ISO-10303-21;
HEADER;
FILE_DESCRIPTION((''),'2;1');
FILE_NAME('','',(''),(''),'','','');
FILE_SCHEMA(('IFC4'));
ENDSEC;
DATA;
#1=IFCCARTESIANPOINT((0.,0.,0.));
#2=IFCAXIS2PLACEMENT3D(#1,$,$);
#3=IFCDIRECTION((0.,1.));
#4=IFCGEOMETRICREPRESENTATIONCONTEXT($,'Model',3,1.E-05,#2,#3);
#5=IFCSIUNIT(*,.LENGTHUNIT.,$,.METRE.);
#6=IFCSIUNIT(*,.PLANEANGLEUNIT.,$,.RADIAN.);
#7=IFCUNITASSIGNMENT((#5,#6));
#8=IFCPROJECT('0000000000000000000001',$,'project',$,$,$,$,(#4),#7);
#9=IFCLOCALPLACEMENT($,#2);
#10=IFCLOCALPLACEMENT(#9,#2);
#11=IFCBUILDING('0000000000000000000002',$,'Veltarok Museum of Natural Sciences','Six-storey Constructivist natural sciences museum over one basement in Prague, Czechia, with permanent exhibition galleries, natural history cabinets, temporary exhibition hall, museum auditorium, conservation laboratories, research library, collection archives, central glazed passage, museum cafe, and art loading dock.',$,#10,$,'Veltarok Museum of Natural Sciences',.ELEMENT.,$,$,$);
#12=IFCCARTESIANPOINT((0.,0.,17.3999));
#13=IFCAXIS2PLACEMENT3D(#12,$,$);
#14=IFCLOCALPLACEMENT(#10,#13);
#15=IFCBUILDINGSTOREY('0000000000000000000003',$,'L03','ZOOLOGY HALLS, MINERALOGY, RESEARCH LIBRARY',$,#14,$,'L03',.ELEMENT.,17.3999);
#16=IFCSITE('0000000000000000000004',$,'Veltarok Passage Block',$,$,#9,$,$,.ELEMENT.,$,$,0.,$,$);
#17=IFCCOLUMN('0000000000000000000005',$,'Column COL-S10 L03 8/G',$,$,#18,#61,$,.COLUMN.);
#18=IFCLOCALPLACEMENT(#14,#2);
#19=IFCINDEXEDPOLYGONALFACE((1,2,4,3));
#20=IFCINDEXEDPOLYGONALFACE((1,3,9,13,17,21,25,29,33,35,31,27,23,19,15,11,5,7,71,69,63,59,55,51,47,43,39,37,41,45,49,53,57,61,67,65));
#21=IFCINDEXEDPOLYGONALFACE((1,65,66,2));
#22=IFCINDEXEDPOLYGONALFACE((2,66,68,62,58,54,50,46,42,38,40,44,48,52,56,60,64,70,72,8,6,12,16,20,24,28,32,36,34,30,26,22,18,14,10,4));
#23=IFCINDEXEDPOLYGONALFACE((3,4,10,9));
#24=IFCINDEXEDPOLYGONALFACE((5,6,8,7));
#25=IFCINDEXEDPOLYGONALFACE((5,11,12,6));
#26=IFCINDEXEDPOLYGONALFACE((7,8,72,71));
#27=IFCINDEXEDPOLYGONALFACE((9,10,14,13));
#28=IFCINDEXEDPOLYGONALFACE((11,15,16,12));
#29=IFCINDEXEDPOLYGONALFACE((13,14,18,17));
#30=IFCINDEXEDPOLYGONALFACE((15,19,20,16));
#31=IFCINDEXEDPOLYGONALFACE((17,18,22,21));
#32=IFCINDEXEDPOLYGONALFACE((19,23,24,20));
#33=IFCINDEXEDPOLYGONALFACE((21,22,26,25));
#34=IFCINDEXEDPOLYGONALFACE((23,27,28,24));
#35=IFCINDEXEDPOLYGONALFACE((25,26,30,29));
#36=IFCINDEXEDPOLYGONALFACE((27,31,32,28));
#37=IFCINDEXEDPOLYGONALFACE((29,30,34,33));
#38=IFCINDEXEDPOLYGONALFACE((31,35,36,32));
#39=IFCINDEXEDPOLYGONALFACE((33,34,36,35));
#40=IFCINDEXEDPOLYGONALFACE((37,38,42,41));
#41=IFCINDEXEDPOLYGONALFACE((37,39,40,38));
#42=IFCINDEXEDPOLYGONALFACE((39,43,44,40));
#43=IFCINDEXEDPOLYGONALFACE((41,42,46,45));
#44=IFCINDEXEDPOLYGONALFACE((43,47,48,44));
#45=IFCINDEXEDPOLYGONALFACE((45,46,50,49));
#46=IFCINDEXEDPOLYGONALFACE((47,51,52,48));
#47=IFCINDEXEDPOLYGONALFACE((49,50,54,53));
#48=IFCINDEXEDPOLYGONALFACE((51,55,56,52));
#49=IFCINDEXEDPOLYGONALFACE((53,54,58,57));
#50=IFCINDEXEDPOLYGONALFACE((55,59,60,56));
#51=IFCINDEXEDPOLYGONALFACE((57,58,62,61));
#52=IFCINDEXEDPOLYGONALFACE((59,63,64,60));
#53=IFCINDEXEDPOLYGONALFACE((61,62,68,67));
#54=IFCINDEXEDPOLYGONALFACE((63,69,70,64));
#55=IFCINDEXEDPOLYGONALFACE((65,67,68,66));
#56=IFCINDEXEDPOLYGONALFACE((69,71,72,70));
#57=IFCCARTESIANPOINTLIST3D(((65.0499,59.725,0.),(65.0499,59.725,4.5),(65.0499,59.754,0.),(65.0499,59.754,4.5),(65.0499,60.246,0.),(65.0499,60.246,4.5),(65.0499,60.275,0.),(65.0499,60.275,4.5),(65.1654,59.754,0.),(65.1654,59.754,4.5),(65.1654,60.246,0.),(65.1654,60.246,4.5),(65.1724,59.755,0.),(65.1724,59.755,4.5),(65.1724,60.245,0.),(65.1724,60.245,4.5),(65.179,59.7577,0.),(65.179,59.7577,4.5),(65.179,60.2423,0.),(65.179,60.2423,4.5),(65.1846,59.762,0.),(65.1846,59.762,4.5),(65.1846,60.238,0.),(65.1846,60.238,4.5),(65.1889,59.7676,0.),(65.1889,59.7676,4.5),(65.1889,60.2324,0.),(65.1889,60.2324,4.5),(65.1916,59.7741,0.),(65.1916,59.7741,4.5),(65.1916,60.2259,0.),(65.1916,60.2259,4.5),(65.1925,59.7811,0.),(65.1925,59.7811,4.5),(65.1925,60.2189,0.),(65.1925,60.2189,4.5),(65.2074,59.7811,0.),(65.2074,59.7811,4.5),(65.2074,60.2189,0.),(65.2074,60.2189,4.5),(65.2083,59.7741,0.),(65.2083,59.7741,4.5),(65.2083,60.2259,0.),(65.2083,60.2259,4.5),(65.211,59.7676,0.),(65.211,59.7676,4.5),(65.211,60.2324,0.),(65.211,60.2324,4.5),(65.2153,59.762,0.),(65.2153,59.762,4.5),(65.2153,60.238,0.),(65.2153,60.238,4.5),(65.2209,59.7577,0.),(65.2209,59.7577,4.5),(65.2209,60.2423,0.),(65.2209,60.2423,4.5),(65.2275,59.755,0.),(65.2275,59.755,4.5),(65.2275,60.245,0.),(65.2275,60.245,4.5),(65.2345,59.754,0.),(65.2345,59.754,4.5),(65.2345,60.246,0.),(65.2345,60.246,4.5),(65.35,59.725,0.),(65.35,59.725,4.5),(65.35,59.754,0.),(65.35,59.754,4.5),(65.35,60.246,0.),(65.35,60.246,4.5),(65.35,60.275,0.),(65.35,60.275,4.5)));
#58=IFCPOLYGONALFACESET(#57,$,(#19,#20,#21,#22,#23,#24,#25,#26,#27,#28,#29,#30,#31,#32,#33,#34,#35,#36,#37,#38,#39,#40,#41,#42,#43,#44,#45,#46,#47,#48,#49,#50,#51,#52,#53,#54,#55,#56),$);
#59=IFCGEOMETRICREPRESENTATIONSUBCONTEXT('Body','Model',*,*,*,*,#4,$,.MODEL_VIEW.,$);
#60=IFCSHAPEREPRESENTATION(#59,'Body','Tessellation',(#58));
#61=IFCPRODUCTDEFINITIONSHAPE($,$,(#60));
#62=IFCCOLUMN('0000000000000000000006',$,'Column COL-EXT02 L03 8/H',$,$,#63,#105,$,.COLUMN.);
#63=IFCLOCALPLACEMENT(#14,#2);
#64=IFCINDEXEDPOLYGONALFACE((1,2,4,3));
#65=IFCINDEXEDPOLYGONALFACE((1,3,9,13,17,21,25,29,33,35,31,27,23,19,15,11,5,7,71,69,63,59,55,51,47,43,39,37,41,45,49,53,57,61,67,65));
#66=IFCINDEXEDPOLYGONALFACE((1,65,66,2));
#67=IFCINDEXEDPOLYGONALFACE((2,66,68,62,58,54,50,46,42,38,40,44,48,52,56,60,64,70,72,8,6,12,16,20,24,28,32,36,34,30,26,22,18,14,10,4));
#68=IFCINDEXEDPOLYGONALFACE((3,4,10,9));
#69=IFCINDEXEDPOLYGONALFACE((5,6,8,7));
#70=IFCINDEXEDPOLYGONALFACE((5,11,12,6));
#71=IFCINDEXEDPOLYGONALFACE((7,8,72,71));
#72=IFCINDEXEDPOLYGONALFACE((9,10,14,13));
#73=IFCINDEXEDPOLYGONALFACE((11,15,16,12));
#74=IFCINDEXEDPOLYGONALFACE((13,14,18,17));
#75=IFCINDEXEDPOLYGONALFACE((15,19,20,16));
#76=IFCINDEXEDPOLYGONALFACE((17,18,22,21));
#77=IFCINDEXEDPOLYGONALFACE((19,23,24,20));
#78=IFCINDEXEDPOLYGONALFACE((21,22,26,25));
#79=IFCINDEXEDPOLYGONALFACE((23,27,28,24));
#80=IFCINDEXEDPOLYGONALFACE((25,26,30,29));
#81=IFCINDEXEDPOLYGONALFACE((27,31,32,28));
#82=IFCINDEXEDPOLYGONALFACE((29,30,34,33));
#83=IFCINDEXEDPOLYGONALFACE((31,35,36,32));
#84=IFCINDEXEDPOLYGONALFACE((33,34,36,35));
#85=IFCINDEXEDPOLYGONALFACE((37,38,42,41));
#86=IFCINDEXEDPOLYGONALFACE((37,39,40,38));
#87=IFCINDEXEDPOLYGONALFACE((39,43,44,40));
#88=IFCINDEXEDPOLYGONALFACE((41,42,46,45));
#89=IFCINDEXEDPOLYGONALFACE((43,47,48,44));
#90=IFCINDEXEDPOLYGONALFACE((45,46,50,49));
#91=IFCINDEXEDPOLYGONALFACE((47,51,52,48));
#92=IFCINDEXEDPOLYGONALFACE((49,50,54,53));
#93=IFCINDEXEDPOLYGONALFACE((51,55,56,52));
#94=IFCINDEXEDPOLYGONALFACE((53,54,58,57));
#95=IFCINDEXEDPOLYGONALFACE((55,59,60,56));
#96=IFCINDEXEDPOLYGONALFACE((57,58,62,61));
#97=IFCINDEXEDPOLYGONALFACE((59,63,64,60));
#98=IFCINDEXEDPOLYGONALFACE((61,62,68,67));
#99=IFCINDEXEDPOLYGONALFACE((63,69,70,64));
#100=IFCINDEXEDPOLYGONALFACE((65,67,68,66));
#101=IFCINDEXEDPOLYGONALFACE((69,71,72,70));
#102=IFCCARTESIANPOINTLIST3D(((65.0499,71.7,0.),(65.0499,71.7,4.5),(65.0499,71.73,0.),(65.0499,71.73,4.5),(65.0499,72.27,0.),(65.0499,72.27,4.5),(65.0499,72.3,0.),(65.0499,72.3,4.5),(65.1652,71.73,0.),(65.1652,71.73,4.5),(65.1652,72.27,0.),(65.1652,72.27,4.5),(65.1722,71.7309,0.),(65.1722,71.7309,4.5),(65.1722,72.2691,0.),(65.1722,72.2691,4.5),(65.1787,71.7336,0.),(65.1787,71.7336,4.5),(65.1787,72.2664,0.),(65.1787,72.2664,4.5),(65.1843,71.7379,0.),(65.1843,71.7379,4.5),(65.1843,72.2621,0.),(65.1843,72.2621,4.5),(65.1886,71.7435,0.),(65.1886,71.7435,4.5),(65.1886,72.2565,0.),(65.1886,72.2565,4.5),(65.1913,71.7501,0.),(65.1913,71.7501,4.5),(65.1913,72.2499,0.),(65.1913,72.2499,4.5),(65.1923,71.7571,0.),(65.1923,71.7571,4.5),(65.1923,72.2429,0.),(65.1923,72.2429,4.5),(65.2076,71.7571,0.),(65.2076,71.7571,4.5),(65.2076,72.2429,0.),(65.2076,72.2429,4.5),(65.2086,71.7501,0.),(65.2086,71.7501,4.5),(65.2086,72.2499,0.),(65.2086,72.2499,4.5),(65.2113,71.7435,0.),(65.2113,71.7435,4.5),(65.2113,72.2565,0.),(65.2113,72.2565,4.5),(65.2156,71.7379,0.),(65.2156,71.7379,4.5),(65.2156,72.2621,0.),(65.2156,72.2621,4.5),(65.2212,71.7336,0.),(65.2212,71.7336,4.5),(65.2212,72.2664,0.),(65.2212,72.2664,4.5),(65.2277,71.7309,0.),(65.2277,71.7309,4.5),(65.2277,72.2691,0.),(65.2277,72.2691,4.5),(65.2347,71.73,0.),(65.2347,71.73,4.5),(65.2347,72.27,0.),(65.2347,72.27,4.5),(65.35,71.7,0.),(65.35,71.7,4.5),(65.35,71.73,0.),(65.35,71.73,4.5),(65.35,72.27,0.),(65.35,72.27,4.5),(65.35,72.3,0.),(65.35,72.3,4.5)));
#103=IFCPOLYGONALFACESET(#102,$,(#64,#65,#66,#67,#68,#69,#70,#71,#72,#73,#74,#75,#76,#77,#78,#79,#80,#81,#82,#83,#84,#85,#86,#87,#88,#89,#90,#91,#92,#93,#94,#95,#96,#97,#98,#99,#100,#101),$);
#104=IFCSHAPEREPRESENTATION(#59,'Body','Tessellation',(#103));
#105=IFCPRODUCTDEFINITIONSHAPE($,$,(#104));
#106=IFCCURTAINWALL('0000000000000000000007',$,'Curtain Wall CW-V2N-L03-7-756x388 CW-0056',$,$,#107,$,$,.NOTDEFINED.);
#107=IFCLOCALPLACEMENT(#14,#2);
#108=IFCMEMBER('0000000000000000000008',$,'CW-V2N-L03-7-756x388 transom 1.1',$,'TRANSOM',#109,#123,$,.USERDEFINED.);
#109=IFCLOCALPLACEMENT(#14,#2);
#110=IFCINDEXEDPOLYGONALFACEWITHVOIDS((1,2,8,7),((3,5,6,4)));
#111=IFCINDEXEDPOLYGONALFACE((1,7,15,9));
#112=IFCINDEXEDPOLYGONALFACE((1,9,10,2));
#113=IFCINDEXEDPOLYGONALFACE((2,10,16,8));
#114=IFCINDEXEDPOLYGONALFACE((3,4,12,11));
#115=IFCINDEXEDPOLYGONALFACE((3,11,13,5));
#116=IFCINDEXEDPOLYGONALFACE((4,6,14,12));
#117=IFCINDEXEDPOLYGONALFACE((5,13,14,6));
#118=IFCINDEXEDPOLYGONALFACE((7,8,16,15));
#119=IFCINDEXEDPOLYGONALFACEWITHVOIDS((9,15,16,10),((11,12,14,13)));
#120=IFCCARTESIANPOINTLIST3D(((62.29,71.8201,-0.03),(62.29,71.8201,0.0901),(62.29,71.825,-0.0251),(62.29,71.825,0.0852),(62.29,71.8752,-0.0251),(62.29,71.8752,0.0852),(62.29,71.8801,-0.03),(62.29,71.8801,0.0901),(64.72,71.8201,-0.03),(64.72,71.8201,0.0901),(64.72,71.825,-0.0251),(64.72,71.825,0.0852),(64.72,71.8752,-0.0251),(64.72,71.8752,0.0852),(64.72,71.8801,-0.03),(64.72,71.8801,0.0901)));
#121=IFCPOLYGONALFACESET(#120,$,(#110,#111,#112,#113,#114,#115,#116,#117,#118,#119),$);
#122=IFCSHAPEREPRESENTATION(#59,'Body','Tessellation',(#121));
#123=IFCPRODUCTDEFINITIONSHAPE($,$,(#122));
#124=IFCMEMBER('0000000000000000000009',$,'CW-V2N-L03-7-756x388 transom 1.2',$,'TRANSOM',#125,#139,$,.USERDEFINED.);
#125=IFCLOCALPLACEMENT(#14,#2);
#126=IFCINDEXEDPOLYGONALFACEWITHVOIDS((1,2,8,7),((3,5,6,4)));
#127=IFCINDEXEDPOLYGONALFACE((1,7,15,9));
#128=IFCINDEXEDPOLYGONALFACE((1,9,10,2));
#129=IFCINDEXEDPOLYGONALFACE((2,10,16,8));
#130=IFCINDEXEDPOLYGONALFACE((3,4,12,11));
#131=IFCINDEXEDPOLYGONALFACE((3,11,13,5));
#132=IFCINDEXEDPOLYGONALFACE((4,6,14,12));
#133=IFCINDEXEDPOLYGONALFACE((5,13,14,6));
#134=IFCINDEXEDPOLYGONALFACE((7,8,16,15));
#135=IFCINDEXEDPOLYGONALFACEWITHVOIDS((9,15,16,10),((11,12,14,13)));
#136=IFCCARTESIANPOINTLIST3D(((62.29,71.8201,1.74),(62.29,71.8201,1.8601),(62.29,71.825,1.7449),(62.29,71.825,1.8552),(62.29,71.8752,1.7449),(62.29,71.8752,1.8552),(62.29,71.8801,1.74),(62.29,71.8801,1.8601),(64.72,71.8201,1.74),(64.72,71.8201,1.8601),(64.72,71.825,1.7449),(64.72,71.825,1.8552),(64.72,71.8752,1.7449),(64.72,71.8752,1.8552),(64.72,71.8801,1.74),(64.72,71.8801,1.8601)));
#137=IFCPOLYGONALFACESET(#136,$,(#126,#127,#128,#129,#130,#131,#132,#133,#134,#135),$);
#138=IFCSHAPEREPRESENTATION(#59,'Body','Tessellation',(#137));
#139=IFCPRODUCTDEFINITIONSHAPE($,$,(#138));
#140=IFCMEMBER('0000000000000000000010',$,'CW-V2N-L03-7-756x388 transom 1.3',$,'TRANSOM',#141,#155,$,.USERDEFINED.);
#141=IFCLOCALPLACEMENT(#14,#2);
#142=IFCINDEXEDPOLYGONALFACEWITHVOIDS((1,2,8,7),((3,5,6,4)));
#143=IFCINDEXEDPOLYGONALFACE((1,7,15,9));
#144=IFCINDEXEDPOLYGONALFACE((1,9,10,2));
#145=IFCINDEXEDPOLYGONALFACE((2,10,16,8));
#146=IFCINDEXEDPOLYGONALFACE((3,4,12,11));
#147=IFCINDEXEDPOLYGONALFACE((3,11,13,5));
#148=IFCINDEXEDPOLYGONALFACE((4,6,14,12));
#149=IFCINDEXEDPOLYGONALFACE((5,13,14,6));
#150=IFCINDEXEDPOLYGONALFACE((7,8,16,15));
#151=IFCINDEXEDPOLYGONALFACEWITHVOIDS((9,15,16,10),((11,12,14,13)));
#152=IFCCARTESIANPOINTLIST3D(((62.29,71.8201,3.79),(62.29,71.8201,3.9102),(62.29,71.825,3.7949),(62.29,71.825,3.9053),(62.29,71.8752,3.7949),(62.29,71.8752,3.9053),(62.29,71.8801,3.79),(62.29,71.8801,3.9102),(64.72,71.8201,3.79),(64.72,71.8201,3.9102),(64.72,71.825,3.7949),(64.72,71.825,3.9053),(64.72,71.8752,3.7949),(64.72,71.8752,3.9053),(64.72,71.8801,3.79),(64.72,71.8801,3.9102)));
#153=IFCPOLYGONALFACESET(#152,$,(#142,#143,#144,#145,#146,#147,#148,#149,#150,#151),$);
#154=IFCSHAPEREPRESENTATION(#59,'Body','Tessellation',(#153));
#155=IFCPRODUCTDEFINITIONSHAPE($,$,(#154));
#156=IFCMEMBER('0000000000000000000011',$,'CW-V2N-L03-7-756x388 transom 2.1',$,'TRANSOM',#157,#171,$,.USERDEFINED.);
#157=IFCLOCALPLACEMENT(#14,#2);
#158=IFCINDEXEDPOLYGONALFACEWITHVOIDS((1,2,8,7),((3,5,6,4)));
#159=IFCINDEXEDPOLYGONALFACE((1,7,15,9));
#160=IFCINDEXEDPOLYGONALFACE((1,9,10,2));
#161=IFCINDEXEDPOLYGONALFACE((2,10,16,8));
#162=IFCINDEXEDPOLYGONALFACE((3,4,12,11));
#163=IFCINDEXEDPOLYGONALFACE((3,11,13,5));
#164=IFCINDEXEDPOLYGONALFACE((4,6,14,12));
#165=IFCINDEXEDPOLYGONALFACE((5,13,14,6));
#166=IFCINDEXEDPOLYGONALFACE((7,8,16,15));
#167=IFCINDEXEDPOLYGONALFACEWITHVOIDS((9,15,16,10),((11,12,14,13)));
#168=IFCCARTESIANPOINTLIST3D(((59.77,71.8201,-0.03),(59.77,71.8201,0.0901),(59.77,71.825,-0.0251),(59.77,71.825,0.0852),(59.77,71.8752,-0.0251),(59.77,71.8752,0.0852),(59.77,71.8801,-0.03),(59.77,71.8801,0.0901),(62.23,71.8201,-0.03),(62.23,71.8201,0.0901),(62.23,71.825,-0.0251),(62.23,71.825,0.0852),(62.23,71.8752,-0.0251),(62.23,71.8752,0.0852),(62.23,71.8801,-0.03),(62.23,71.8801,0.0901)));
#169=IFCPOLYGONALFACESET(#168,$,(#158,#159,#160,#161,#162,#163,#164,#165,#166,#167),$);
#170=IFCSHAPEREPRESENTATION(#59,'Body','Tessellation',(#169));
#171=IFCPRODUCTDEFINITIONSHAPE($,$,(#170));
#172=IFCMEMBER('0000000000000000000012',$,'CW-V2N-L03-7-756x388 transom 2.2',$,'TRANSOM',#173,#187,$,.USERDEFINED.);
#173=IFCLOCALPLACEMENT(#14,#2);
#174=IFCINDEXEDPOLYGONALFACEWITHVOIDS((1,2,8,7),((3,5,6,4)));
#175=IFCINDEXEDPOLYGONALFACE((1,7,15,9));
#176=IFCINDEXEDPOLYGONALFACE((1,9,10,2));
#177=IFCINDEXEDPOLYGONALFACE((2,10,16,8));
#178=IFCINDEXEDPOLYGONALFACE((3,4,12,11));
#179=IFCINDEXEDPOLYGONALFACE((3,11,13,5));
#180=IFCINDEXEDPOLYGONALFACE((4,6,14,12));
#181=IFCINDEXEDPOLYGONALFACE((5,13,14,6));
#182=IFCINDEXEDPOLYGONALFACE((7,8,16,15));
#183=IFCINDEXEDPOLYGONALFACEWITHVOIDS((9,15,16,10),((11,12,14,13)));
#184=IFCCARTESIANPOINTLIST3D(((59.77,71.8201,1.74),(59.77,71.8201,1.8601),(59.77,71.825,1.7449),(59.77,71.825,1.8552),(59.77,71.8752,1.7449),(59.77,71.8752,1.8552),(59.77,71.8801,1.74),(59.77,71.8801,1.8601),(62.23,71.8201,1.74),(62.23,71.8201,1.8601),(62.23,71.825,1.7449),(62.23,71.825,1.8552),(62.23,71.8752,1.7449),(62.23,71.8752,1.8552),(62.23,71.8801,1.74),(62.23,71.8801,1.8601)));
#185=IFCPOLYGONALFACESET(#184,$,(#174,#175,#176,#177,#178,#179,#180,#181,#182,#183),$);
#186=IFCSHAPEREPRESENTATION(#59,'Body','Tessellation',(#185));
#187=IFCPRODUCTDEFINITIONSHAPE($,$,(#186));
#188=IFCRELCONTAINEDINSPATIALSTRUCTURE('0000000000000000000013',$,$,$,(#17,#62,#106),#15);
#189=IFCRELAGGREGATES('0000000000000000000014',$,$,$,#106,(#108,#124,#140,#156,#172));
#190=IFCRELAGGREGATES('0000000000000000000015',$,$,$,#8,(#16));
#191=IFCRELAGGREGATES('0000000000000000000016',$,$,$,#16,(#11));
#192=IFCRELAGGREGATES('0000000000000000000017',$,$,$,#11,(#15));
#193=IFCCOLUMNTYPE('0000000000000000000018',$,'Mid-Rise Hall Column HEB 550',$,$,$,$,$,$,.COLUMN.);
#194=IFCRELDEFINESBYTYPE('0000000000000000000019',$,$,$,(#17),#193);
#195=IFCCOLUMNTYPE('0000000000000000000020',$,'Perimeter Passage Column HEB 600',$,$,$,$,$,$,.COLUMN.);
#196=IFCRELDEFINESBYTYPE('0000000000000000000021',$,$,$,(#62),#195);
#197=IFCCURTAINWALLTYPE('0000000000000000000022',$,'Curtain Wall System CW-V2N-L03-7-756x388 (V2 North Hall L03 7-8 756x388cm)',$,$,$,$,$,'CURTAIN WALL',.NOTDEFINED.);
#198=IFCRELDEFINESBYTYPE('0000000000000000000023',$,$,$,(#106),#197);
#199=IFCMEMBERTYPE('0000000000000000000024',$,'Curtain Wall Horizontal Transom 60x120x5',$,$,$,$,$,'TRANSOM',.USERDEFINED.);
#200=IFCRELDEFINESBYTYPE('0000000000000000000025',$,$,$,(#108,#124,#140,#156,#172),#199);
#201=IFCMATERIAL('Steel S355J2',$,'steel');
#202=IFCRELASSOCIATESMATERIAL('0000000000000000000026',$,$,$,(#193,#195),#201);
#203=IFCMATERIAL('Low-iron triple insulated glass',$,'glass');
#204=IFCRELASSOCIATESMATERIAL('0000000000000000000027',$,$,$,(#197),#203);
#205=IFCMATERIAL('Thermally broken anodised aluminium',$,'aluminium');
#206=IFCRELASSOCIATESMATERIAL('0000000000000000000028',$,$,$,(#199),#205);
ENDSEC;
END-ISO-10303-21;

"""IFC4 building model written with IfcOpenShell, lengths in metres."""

from ifc_helpers import new_model, si_unit, direction, frame, origin, origin_2d, place, context, subcontext, project, spatial, hollow_rectangle, i_section, extrude, material, material_profile, profile_set, type_object, element, aggregate, save


model = new_model("IFC4")

# Units and contexts
model_context = context("Model", 3, precision=1e-05, world=origin(), true_north=direction((0.0, 1.0)))
body_context = subcontext(model_context, "Body", "Model", "MODEL_VIEW")
ifc_project = project(units=[si_unit("LENGTHUNIT", "METRE"), si_unit("PLANEANGLEUNIT", "RADIAN")], contexts=[model_context])

# Site, building, storey
site_placement = place(None, origin())
site = spatial("IfcSite", under=ifc_project, at=site_placement, Name="Veltarok Passage Block", CompositionType="ELEMENT", RefElevation=0.0)
building_placement = place(site_placement, origin())
building = spatial("IfcBuilding", under=site, at=building_placement, Name="Veltarok Museum of Natural Sciences", Description="Six-storey Constructivist natural sciences museum over one basement in Prague, Czechia, with permanent exhibition galleries, natural history cabinets, temporary exhibition hall, museum auditorium, conservation laboratories, research library, collection archives, central glazed passage, museum cafe, and art loading dock.", LongName="Veltarok Museum of Natural Sciences", CompositionType="ELEMENT")
storey_placement = place(building_placement, frame((0.0, 0.0, 17.3999)))
storey = spatial("IfcBuildingStorey", under=building, at=storey_placement, Name="L03", Description="ZOOLOGY HALLS, MINERALOGY, RESEARCH LIBRARY", LongName="L03", CompositionType="ELEMENT", Elevation=17.3999)

# Columns
ifc_material_1 = material(Name="Steel S355J2", Category="steel")
ifc_material_profile_1 = material_profile(ifc_material_1, i_section(OverallWidth=0.3, OverallDepth=0.55, WebThickness=0.0149, FlangeThickness=0.0291, FilletRadius=0.0271, at=origin_2d()), Name="HEB 550")
ifc_profile_set_1 = profile_set([ifc_material_profile_1], Name="Steel S355J2")
column_type_1 = type_object("IfcColumnType", Name="Mid-Rise Hall Column HEB 550", PredefinedType="COLUMN", material=ifc_profile_set_1)
column_1_placement = place(storey_placement, frame((65.2, 60.0, 0.0), z_axis=(0.0, 0.0, 1.0), x_axis=(1.0, 0.0, 0.0)))
element("IfcColumn", 1, at=column_1_placement, inside=storey, type_object=column_type_1, Name="Column COL-S10 L03 8/G", PredefinedType="COLUMN", context=body_context, shape_type="SweptSolid", body=[
    extrude(i_section(OverallWidth=0.3, OverallDepth=0.55, WebThickness=0.0149, FlangeThickness=0.0291, FilletRadius=0.0271, at=origin_2d()), origin(), (0.0, 0.0, 1.0), 4.5),
])
ifc_material_profile_2 = material_profile(ifc_material_1, i_section(OverallWidth=0.3, OverallDepth=0.6001, WebThickness=0.0154, FlangeThickness=0.03, FilletRadius=0.0271, at=origin_2d()), Name="HEB 600")
ifc_profile_set_2 = profile_set([ifc_material_profile_2], Name="Steel S355J2")
column_type_2 = type_object("IfcColumnType", Name="Perimeter Passage Column HEB 600", PredefinedType="COLUMN", material=ifc_profile_set_2)
column_2_placement = place(storey_placement, frame((65.2, 72.0, 0.0), z_axis=(0.0, 0.0, 1.0), x_axis=(1.0, 0.0, 0.0)))
element("IfcColumn", 2, at=column_2_placement, inside=storey, type_object=column_type_2, Name="Column COL-EXT02 L03 8/H", PredefinedType="COLUMN", context=body_context, shape_type="SweptSolid", body=[
    extrude(i_section(OverallWidth=0.3, OverallDepth=0.6001, WebThickness=0.0154, FlangeThickness=0.03, FilletRadius=0.0271, at=origin_2d()), origin(), (0.0, 0.0, 1.0), 4.5),
])

# Curtain wall, members
ifc_material_2 = material(Name="Low-iron triple insulated glass", Category="glass")
curtain_wall_type_1 = type_object("IfcCurtainWallType", Name="Curtain Wall System CW-V2N-L03-7-756x388 (V2 North Hall L03 7-8 756x388cm)", ElementType="CURTAIN WALL", PredefinedType="NOTDEFINED", material=ifc_material_2)
curtain_wall_1_placement = place(storey_placement, origin())
curtain_wall_1 = element("IfcCurtainWall", 3, at=curtain_wall_1_placement, inside=storey, type_object=curtain_wall_type_1, Name="Curtain Wall CW-V2N-L03-7-756x388 CW-0056", PredefinedType="NOTDEFINED")
ifc_material_3 = material(Name="Thermally broken anodised aluminium", Category="aluminium")
ifc_material_profile_3 = material_profile(ifc_material_3, hollow_rectangle(XDim=0.0601, YDim=0.1201, WallThickness=0.0049, at=origin_2d()), Name="CW TRANSOM 60x120x5")
ifc_profile_set_3 = profile_set([ifc_material_profile_3], Name="Thermally broken anodised aluminium")
member_type_1 = type_object("IfcMemberType", Name="Curtain Wall Horizontal Transom 60x120x5", ElementType="TRANSOM", PredefinedType="USERDEFINED", material=ifc_profile_set_3)
member_1_placement = place(storey_placement, frame((64.72, 71.8501, 0.03), z_axis=(-1.0, 0.0, 0.0), x_axis=(0.0, -1.0, 0.0)))
member_1 = element("IfcMember", 4, at=member_1_placement, type_object=member_type_1, Name="CW-V2N-L03-7-756x388 transom 1.1", ObjectType="TRANSOM", PredefinedType="USERDEFINED", context=body_context, shape_type="SweptSolid", body=[
    extrude(hollow_rectangle(XDim=0.0601, YDim=0.1201, WallThickness=0.0049, at=origin_2d()), origin(), (0.0, 0.0, 1.0), 2.4299),
])
member_2_placement = place(storey_placement, frame((64.72, 71.8501, 1.8), z_axis=(-1.0, 0.0, 0.0), x_axis=(0.0, -1.0, 0.0)))
member_2 = element("IfcMember", 5, at=member_2_placement, type_object=member_type_1, Name="CW-V2N-L03-7-756x388 transom 1.2", ObjectType="TRANSOM", PredefinedType="USERDEFINED", context=body_context, shape_type="SweptSolid", body=[
    extrude(hollow_rectangle(XDim=0.0601, YDim=0.1201, WallThickness=0.0049, at=origin_2d()), origin(), (0.0, 0.0, 1.0), 2.4299),
])
member_3_placement = place(storey_placement, frame((64.72, 71.8501, 3.8501), z_axis=(-1.0, 0.0, 0.0), x_axis=(0.0, -1.0, 0.0)))
member_3 = element("IfcMember", 6, at=member_3_placement, type_object=member_type_1, Name="CW-V2N-L03-7-756x388 transom 1.3", ObjectType="TRANSOM", PredefinedType="USERDEFINED", context=body_context, shape_type="SweptSolid", body=[
    extrude(hollow_rectangle(XDim=0.0601, YDim=0.1201, WallThickness=0.0049, at=origin_2d()), origin(), (0.0, 0.0, 1.0), 2.4299),
])
member_4_placement = place(storey_placement, frame((62.23, 71.8501, 0.03), z_axis=(-1.0, 0.0, 0.0), x_axis=(0.0, -1.0, 0.0)))
member_4 = element("IfcMember", 7, at=member_4_placement, type_object=member_type_1, Name="CW-V2N-L03-7-756x388 transom 2.1", ObjectType="TRANSOM", PredefinedType="USERDEFINED", context=body_context, shape_type="SweptSolid", body=[
    extrude(hollow_rectangle(XDim=0.0601, YDim=0.1201, WallThickness=0.0049, at=origin_2d()), origin(), (0.0, 0.0, 1.0), 2.46),
])
member_5_placement = place(storey_placement, frame((62.23, 71.8501, 1.8), z_axis=(-1.0, 0.0, 0.0), x_axis=(0.0, -1.0, 0.0)))
member_5 = element("IfcMember", 8, at=member_5_placement, type_object=member_type_1, Name="CW-V2N-L03-7-756x388 transom 2.2", ObjectType="TRANSOM", PredefinedType="USERDEFINED", context=body_context, shape_type="SweptSolid", body=[
    extrude(hollow_rectangle(XDim=0.0601, YDim=0.1201, WallThickness=0.0049, at=origin_2d()), origin(), (0.0, 0.0, 1.0), 2.46),
])

aggregate(curtain_wall_1, [member_1, member_2, member_3, member_4, member_5])

save(model, "model.ifc")
